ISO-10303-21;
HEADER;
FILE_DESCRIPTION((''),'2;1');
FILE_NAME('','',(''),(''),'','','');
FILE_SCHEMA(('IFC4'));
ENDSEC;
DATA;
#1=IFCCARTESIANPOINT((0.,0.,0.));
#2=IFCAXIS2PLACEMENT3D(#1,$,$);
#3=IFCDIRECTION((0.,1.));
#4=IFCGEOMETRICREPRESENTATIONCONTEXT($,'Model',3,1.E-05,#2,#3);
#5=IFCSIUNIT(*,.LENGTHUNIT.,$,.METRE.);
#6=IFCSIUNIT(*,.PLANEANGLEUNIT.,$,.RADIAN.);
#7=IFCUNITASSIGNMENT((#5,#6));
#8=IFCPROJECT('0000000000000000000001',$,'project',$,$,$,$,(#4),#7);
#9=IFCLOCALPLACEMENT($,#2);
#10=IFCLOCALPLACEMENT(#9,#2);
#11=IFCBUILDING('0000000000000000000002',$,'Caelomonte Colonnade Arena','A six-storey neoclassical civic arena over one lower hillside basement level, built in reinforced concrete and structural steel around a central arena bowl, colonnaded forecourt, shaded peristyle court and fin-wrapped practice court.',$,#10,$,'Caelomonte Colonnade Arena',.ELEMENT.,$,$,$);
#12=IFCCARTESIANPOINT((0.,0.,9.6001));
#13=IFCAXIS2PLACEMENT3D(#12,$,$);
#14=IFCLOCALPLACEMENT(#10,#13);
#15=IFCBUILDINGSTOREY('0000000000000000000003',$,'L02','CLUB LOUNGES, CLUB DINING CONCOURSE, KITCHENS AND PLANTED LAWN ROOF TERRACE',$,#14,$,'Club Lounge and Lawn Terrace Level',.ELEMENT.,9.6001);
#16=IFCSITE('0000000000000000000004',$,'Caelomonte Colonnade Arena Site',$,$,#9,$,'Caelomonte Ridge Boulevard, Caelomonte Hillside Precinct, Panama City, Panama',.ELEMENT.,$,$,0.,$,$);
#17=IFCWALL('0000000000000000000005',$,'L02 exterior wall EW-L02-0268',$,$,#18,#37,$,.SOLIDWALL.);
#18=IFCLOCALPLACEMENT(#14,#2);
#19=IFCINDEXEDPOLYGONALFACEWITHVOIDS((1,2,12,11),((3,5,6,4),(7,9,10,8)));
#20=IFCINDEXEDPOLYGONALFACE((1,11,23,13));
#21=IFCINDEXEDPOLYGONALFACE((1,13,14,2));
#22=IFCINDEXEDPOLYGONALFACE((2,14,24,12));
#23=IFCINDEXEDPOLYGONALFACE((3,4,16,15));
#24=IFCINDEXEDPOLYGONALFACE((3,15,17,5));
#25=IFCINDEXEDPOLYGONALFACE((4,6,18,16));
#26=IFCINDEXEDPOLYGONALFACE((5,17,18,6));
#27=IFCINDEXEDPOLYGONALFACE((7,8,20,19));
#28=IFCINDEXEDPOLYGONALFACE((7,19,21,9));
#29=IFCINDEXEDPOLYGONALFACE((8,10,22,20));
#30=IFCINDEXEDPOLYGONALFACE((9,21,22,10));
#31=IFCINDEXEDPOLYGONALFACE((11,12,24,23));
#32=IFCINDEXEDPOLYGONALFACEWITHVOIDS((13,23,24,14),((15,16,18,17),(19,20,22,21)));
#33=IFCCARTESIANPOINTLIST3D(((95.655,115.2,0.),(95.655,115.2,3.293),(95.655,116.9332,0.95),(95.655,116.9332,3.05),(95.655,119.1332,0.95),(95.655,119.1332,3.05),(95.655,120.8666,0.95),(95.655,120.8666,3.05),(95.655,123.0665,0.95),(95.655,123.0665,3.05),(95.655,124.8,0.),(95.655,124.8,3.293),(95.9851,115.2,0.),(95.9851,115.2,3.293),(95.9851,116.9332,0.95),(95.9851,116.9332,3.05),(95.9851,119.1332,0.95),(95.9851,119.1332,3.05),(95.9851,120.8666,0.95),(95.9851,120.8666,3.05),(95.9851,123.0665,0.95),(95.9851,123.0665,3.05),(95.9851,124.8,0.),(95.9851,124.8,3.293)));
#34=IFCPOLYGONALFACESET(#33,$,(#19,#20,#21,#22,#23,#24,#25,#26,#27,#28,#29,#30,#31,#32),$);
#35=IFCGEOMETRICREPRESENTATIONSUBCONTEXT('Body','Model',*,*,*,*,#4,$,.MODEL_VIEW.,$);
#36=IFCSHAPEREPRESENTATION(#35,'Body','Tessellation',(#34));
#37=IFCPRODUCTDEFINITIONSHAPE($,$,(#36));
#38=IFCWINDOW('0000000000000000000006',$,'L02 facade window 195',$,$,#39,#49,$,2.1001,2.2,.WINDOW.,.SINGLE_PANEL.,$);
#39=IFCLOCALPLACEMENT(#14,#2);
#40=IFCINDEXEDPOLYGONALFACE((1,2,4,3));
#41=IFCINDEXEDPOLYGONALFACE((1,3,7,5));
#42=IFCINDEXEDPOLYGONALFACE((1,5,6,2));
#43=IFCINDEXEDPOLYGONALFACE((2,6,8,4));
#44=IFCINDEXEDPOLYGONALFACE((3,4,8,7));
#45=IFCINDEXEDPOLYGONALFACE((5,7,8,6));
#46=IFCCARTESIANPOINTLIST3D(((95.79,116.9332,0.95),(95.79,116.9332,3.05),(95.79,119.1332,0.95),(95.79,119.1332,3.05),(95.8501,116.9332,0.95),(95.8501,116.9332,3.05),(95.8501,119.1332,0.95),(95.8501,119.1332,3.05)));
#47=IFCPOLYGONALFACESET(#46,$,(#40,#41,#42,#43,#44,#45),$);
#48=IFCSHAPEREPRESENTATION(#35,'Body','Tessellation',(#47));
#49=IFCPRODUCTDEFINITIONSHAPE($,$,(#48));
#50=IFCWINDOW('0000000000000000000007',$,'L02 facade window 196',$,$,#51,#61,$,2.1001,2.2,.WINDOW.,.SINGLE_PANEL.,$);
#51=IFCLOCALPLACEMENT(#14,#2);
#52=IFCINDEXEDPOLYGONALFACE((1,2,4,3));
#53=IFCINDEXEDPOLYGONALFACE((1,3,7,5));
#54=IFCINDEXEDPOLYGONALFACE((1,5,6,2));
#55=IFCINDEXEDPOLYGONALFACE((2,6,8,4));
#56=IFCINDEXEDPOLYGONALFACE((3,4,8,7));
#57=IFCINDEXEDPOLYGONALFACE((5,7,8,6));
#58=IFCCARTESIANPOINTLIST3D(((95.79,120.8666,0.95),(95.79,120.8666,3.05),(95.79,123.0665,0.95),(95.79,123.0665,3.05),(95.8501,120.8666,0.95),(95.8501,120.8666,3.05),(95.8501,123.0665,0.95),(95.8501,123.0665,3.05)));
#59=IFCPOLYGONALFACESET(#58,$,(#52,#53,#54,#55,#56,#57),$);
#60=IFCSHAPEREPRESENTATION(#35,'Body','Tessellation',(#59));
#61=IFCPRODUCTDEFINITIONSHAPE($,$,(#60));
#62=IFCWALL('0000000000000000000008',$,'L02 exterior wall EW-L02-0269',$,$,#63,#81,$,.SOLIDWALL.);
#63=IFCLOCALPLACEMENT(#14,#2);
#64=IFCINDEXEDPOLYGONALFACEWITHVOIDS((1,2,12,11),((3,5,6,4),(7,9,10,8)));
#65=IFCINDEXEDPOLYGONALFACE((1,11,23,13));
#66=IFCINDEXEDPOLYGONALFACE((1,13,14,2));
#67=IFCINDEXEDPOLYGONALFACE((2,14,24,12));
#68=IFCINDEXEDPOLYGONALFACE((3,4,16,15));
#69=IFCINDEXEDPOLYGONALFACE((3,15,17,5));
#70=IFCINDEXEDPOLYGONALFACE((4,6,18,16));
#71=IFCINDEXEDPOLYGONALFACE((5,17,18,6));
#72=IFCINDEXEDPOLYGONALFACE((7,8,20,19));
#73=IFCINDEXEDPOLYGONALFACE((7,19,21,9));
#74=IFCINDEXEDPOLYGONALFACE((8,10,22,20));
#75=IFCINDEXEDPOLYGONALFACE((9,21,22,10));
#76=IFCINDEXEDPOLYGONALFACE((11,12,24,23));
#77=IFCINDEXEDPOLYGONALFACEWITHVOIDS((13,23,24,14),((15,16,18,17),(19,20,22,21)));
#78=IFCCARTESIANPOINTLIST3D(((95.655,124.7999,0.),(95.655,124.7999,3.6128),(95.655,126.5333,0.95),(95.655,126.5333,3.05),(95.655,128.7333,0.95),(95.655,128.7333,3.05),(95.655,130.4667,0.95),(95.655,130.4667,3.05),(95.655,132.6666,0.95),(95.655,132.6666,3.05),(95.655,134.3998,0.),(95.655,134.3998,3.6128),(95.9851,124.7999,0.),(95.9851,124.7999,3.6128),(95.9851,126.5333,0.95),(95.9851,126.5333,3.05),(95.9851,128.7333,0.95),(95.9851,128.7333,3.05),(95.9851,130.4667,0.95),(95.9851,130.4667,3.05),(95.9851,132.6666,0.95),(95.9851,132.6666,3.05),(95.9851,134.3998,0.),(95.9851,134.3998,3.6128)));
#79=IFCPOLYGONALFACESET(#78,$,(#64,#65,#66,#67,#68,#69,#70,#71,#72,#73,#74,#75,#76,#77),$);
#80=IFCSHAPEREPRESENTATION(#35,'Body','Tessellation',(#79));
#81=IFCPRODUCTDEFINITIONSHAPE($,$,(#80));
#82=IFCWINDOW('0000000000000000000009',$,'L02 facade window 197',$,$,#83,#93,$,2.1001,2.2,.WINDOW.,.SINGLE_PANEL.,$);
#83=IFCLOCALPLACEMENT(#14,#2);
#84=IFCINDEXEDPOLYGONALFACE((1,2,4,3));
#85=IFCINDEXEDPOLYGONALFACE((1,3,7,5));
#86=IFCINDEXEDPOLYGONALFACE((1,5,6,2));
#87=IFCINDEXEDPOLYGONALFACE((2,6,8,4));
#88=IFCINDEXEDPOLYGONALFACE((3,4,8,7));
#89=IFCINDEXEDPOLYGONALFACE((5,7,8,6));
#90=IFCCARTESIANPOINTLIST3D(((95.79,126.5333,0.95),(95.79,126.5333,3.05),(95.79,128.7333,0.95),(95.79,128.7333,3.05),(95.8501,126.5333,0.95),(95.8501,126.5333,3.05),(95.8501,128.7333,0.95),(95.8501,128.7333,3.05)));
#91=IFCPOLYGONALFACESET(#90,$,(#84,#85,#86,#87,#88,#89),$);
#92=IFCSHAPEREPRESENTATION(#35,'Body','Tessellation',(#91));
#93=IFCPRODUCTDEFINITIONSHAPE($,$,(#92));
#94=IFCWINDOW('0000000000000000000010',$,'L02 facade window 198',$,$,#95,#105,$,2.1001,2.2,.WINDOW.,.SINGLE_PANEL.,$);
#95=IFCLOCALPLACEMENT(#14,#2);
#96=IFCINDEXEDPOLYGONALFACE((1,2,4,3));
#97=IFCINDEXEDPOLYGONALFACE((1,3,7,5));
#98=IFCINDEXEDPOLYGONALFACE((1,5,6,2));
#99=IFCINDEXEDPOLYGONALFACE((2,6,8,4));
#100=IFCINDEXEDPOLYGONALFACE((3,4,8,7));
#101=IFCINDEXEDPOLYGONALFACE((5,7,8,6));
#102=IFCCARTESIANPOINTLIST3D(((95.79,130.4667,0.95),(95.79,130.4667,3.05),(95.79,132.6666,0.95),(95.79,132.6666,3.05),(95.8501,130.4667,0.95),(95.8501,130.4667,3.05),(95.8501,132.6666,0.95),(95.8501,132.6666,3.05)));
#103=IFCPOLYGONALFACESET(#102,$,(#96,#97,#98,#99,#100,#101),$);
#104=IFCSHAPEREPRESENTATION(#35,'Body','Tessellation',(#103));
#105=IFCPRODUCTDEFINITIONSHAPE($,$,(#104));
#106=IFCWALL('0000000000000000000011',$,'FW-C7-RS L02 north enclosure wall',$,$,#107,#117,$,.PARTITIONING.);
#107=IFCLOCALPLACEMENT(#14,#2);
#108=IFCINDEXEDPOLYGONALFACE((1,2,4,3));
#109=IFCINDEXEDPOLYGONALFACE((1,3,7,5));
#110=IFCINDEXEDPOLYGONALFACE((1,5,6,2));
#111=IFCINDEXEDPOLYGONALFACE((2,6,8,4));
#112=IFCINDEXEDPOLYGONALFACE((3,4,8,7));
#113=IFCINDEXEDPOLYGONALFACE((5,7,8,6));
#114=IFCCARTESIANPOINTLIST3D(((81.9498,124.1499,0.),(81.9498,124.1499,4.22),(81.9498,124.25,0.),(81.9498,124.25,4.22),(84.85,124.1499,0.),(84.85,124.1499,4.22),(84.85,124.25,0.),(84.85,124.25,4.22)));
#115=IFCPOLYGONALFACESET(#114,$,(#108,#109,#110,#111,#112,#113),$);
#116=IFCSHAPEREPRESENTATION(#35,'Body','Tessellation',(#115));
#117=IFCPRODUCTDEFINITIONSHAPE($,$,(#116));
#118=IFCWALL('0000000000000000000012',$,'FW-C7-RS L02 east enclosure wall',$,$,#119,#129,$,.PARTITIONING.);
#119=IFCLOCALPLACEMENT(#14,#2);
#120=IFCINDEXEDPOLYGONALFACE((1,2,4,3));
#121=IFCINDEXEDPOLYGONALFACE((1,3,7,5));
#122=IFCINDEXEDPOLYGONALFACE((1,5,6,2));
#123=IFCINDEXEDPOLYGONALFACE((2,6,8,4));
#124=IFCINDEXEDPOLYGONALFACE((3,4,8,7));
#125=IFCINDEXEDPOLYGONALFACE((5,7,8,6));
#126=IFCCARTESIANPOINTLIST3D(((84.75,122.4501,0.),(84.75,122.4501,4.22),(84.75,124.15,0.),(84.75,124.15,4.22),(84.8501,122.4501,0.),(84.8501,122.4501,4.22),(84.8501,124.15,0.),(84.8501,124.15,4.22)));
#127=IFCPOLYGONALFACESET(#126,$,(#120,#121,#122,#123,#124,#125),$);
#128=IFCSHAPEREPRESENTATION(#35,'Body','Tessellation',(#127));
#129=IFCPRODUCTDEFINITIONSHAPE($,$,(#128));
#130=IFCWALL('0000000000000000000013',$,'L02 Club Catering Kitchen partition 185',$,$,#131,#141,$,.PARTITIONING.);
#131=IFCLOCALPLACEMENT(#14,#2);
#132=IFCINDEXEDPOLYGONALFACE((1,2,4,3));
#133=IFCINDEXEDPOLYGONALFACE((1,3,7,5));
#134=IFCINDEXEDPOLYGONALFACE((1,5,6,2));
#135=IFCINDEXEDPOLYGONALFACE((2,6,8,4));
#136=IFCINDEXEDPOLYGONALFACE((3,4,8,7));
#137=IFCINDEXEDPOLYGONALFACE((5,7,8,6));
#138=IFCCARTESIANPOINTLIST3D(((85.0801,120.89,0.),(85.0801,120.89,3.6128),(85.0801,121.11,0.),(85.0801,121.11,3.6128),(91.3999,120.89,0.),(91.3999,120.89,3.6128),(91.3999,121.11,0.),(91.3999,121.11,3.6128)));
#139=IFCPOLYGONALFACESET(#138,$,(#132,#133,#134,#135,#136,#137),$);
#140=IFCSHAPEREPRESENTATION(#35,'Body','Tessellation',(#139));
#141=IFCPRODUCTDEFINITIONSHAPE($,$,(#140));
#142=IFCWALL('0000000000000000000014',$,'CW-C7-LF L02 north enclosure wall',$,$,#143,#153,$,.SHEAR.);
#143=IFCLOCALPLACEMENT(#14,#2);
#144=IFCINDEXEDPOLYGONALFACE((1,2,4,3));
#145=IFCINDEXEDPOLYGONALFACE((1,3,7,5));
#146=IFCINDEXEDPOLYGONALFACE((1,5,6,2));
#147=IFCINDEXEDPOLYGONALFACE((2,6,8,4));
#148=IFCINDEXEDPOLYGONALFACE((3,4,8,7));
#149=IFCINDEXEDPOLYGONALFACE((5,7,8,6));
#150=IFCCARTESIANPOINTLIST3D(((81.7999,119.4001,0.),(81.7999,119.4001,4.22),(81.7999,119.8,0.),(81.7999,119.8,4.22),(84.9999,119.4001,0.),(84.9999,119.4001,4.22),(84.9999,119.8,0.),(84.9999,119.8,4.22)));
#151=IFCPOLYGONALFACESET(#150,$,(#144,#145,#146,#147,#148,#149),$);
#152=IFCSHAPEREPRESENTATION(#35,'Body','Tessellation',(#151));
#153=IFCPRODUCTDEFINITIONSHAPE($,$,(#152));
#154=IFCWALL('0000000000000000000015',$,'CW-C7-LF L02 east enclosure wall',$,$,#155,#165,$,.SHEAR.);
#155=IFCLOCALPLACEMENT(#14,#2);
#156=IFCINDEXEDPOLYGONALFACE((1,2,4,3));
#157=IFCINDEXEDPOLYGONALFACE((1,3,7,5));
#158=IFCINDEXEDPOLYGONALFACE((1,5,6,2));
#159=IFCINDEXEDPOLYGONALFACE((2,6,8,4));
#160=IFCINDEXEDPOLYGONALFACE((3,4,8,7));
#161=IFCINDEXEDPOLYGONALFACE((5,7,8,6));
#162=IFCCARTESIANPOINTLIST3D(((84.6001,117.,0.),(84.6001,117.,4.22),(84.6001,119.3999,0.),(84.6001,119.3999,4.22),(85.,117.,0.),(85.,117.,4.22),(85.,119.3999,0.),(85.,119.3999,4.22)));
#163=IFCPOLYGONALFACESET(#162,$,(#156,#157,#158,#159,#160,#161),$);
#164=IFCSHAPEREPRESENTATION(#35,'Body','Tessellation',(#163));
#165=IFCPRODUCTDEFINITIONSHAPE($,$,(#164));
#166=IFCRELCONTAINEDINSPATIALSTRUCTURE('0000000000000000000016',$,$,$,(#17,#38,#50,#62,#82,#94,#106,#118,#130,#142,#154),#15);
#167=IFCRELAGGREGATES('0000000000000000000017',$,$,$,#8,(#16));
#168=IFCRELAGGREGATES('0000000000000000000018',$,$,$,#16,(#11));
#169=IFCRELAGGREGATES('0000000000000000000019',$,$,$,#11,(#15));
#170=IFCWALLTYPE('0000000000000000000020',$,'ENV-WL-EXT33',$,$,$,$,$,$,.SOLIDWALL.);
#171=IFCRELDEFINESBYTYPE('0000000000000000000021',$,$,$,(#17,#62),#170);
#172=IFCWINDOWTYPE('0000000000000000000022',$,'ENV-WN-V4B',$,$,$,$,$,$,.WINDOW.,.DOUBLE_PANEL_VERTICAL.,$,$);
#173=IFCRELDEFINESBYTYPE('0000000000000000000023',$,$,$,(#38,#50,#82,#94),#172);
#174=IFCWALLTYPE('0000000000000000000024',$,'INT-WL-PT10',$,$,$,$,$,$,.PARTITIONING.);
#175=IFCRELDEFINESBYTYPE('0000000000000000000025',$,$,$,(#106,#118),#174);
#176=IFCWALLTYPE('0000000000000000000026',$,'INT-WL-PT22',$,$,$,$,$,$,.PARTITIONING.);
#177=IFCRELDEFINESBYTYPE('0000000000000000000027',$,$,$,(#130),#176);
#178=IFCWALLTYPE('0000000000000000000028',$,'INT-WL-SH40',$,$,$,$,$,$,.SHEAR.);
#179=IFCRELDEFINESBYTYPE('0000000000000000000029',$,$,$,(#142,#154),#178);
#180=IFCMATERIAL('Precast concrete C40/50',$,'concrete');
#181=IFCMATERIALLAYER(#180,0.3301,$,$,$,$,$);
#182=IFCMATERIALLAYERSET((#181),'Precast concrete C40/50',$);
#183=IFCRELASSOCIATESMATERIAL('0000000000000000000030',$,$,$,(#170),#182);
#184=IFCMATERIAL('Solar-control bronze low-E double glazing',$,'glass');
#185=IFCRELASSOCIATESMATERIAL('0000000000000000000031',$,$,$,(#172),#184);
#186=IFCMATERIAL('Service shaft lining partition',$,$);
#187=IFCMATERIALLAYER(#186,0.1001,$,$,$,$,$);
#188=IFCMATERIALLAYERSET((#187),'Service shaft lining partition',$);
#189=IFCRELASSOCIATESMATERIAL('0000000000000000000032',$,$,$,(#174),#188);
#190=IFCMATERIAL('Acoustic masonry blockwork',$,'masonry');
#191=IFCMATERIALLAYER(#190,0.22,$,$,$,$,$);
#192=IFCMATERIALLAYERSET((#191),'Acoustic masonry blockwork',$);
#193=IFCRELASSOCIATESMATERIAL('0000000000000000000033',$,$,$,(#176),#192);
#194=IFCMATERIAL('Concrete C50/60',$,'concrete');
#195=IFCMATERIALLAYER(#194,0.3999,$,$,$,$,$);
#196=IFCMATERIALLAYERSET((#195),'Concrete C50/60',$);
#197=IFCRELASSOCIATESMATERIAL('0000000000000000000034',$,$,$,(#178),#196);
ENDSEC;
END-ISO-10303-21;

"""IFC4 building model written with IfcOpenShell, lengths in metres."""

from ifc_helpers import new_model, si_unit, direction, frame, frame_2d, origin, place, context, subcontext, project, spatial, rectangle, extrude, material, layer, layer_set, type_object, element, fill, save


model = new_model("IFC4")

# Units and contexts
model_context = context("Model", 3, precision=1e-05, world=origin(), true_north=direction((0.0, 1.0)))
body_context = subcontext(model_context, "Body", "Model", "MODEL_VIEW")
ifc_project = project(units=[si_unit("LENGTHUNIT", "METRE"), si_unit("PLANEANGLEUNIT", "RADIAN")], contexts=[model_context])

# Site, building, storey
site_placement = place(None, origin())
site = spatial("IfcSite", under=ifc_project, at=site_placement, Name="Caelomonte Colonnade Arena Site", LongName="Caelomonte Ridge Boulevard, Caelomonte Hillside Precinct, Panama City, Panama", CompositionType="ELEMENT", RefElevation=0.0)
building_placement = place(site_placement, origin())
building = spatial("IfcBuilding", under=site, at=building_placement, Name="Caelomonte Colonnade Arena", Description="A six-storey neoclassical civic arena over one lower hillside basement level, built in reinforced concrete and structural steel around a central arena bowl, colonnaded forecourt, shaded peristyle court and fin-wrapped practice court.", LongName="Caelomonte Colonnade Arena", CompositionType="ELEMENT")
storey_placement = place(building_placement, frame((0.0, 0.0, 9.6001)))
storey = spatial("IfcBuildingStorey", under=building, at=storey_placement, Name="L02", Description="CLUB LOUNGES, CLUB DINING CONCOURSE, KITCHENS AND PLANTED LAWN ROOF TERRACE", LongName="Club Lounge and Lawn Terrace Level", CompositionType="ELEMENT", Elevation=9.6001)

# Walls, openings, windows
ifc_material_1 = material(Name="Precast concrete C40/50", Category="concrete")
ifc_layer_1 = layer(ifc_material_1, 0.3301)
ifc_layer_set_1 = layer_set([ifc_layer_1], Name="Precast concrete C40/50")
wall_type_1 = type_object("IfcWallType", Name="ENV-WL-EXT33", PredefinedType="SOLIDWALL", material=ifc_layer_set_1)
wall_1_placement = place(storey_placement, frame((95.8201, 115.2, 0.0), z_axis=(0.0, 0.0, 1.0), x_axis=(0.0, 1.0, 0.0)))
wall_1 = element("IfcWall", 1, at=wall_1_placement, inside=storey, type_object=wall_type_1, Name="L02 exterior wall EW-L02-0268", PredefinedType="SOLIDWALL", context=body_context, shape_type="SweptSolid", body=[
    extrude(rectangle(XDim=9.6001, YDim=0.3301, at=frame_2d((4.8, 0.0))), origin(), (0.0, 0.0, 1.0), 3.293),
])
opening_1_placement = place(wall_1_placement, frame((3.9333, 0.0, 0.95), z_axis=(0.0, 0.0, 1.0), x_axis=(-1.0, 0.0, 0.0)))
opening_1 = element("IfcOpeningElement", 2, at=opening_1_placement, cuts=wall_1, PredefinedType="OPENING", context=body_context, shape_type="SweptSolid", body=[
    extrude(rectangle(XDim=2.2, YDim=2.1001, at=frame_2d((1.1001, 1.05))), frame((0.0, 0.175, 0.0), z_axis=(0.0, -1.0, 0.0), x_axis=(1.0, 0.0, 0.0)), (0.0, 0.0, 1.0), 0.3501),
])
opening_2_placement = place(wall_1_placement, frame((7.8667, 0.0, 0.95), z_axis=(0.0, 0.0, 1.0), x_axis=(-1.0, 0.0, 0.0)))
opening_2 = element("IfcOpeningElement", 3, at=opening_2_placement, cuts=wall_1, PredefinedType="OPENING", context=body_context, shape_type="SweptSolid", body=[
    extrude(rectangle(XDim=2.2, YDim=2.1001, at=frame_2d((1.1001, 1.05))), frame((0.0, 0.175, 0.0), z_axis=(0.0, -1.0, 0.0), x_axis=(1.0, 0.0, 0.0)), (0.0, 0.0, 1.0), 0.3501),
])
ifc_material_2 = material(Name="Solar-control bronze low-E double glazing", Category="glass")
window_type = type_object("IfcWindowType", Name="ENV-WN-V4B", PartitioningType="DOUBLE_PANEL_VERTICAL", PredefinedType="WINDOW", material=ifc_material_2)
window_1_placement = place(opening_1_placement, origin())
window_1 = element("IfcWindow", 4, at=window_1_placement, inside=storey, type_object=window_type, Name="L02 facade window 195", OverallHeight=2.1001, OverallWidth=2.2, PartitioningType="SINGLE_PANEL", PredefinedType="WINDOW", context=body_context, shape_type="SweptSolid", body=[
    extrude(rectangle(XDim=2.2, YDim=2.1001, at=frame_2d((1.1001, 1.05))), frame((0.0, 0.03, 0.0), z_axis=(0.0, -1.0, 0.0), x_axis=(1.0, 0.0, 0.0)), (0.0, 0.0, 1.0), 0.0601),
])
fill(opening_1, window_1)
window_2_placement = place(opening_2_placement, origin())
window_2 = element("IfcWindow", 5, at=window_2_placement, inside=storey, type_object=window_type, Name="L02 facade window 196", OverallHeight=2.1001, OverallWidth=2.2, PartitioningType="SINGLE_PANEL", PredefinedType="WINDOW", context=body_context, shape_type="SweptSolid", body=[
    extrude(rectangle(XDim=2.2, YDim=2.1001, at=frame_2d((1.1001, 1.05))), frame((0.0, 0.03, 0.0), z_axis=(0.0, -1.0, 0.0), x_axis=(1.0, 0.0, 0.0)), (0.0, 0.0, 1.0), 0.0601),
])
fill(opening_2, window_2)
wall_2_placement = place(storey_placement, frame((95.8201, 124.8, 0.0), z_axis=(0.0, 0.0, 1.0), x_axis=(0.0, 1.0, 0.0)))
wall_2 = element("IfcWall", 6, at=wall_2_placement, inside=storey, type_object=wall_type_1, Name="L02 exterior wall EW-L02-0269", PredefinedType="SOLIDWALL", context=body_context, shape_type="SweptSolid", body=[
    extrude(rectangle(XDim=9.5999, YDim=0.3301, at=frame_2d((4.7998, 0.0))), origin(), (0.0, 0.0, 1.0), 3.6128),
])
opening_3_placement = place(wall_2_placement, frame((3.9333, 0.0, 0.95), z_axis=(0.0, 0.0, 1.0), x_axis=(-1.0, 0.0, 0.0)))
opening_3 = element("IfcOpeningElement", 7, at=opening_3_placement, cuts=wall_2, PredefinedType="OPENING", context=body_context, shape_type="SweptSolid", body=[
    extrude(rectangle(XDim=2.2, YDim=2.1001, at=frame_2d((1.1001, 1.05))), frame((0.0, 0.175, 0.0), z_axis=(0.0, -1.0, 0.0), x_axis=(1.0, 0.0, 0.0)), (0.0, 0.0, 1.0), 0.3501),
])
opening_4_placement = place(wall_2_placement, frame((7.8667, 0.0, 0.95), z_axis=(0.0, 0.0, 1.0), x_axis=(-1.0, 0.0, 0.0)))
opening_4 = element("IfcOpeningElement", 8, at=opening_4_placement, cuts=wall_2, PredefinedType="OPENING", context=body_context, shape_type="SweptSolid", body=[
    extrude(rectangle(XDim=2.2, YDim=2.1001, at=frame_2d((1.1001, 1.05))), frame((0.0, 0.175, 0.0), z_axis=(0.0, -1.0, 0.0), x_axis=(1.0, 0.0, 0.0)), (0.0, 0.0, 1.0), 0.3501),
])
window_3_placement = place(opening_3_placement, origin())
window_3 = element("IfcWindow", 9, at=window_3_placement, inside=storey, type_object=window_type, Name="L02 facade window 197", OverallHeight=2.1001, OverallWidth=2.2, PartitioningType="SINGLE_PANEL", PredefinedType="WINDOW", context=body_context, shape_type="SweptSolid", body=[
    extrude(rectangle(XDim=2.2, YDim=2.1001, at=frame_2d((1.1001, 1.05))), frame((0.0, 0.03, 0.0), z_axis=(0.0, -1.0, 0.0), x_axis=(1.0, 0.0, 0.0)), (0.0, 0.0, 1.0), 0.0601),
])
fill(opening_3, window_3)
window_4_placement = place(opening_4_placement, origin())
window_4 = element("IfcWindow", 10, at=window_4_placement, inside=storey, type_object=window_type, Name="L02 facade window 198", OverallHeight=2.1001, OverallWidth=2.2, PartitioningType="SINGLE_PANEL", PredefinedType="WINDOW", context=body_context, shape_type="SweptSolid", body=[
    extrude(rectangle(XDim=2.2, YDim=2.1001, at=frame_2d((1.1001, 1.05))), frame((0.0, 0.03, 0.0), z_axis=(0.0, -1.0, 0.0), x_axis=(1.0, 0.0, 0.0)), (0.0, 0.0, 1.0), 0.0601),
])
fill(opening_4, window_4)

# Walls
ifc_material_3 = material(Name="Service shaft lining partition")
ifc_layer_2 = layer(ifc_material_3, 0.1001)
ifc_layer_set_2 = layer_set([ifc_layer_2], Name="Service shaft lining partition")
wall_type_2 = type_object("IfcWallType", Name="INT-WL-PT10", PredefinedType="PARTITIONING", material=ifc_layer_set_2)
wall_3_placement = place(storey_placement, frame((84.8501, 124.2, 0.0), z_axis=(0.0, 0.0, 1.0), x_axis=(-1.0, 0.0, 0.0)))
element("IfcWall", 11, at=wall_3_placement, inside=storey, type_object=wall_type_2, Name="FW-C7-RS L02 north enclosure wall", PredefinedType="PARTITIONING", context=body_context, shape_type="SweptSolid", body=[
    extrude(rectangle(XDim=2.9001, YDim=0.1001, at=frame_2d((1.4502, 0.0))), origin(), (0.0, 0.0, 1.0), 4.22),
])
wall_4_placement = place(storey_placement, frame((84.8, 122.45, 0.0), z_axis=(0.0, 0.0, 1.0), x_axis=(0.0, 1.0, 0.0)))
element("IfcWall", 12, at=wall_4_placement, inside=storey, type_object=wall_type_2, Name="FW-C7-RS L02 east enclosure wall", PredefinedType="PARTITIONING", context=body_context, shape_type="SweptSolid", body=[
    extrude(rectangle(XDim=1.7, YDim=0.1001, at=frame_2d((0.8501, 0.0))), origin(), (0.0, 0.0, 1.0), 4.22),
])
ifc_material_4 = material(Name="Acoustic masonry blockwork", Category="masonry")
ifc_layer_3 = layer(ifc_material_4, 0.22)
ifc_layer_set_3 = layer_set([ifc_layer_3], Name="Acoustic masonry blockwork")
wall_type_3 = type_object("IfcWallType", Name="INT-WL-PT22", PredefinedType="PARTITIONING", material=ifc_layer_set_3)
wall_5_placement = place(storey_placement, frame((91.3999, 121.0, 0.0), z_axis=(0.0, 0.0, 1.0), x_axis=(-1.0, 0.0, 0.0)))
element("IfcWall", 13, at=wall_5_placement, inside=storey, type_object=wall_type_3, Name="L02 Club Catering Kitchen partition 185", PredefinedType="PARTITIONING", context=body_context, shape_type="SweptSolid", body=[
    extrude(rectangle(XDim=6.3198, YDim=0.22, at=frame_2d((3.1599, 0.0))), origin(), (0.0, 0.0, 1.0), 3.6128),
])
ifc_material_5 = material(Name="Concrete C50/60", Category="concrete")
ifc_layer_4 = layer(ifc_material_5, 0.3999)
ifc_layer_set_4 = layer_set([ifc_layer_4], Name="Concrete C50/60")
wall_type_4 = type_object("IfcWallType", Name="INT-WL-SH40", PredefinedType="SHEAR", material=ifc_layer_set_4)
wall_6_placement = place(storey_placement, frame((85.0, 119.6001, 0.0), z_axis=(0.0, 0.0, 1.0), x_axis=(-1.0, 0.0, 0.0)))
element("IfcWall", 14, at=wall_6_placement, inside=storey, type_object=wall_type_4, Name="CW-C7-LF L02 north enclosure wall", PredefinedType="SHEAR", context=body_context, shape_type="SweptSolid", body=[
    extrude(rectangle(XDim=3.2, YDim=0.3999, at=frame_2d((1.6001, 0.0))), origin(), (0.0, 0.0, 1.0), 4.22),
])
wall_7_placement = place(storey_placement, frame((84.8, 117.0, 0.0), z_axis=(0.0, 0.0, 1.0), x_axis=(0.0, 1.0, 0.0)))
element("IfcWall", 15, at=wall_7_placement, inside=storey, type_object=wall_type_4, Name="CW-C7-LF L02 east enclosure wall", PredefinedType="SHEAR", context=body_context, shape_type="SweptSolid", body=[
    extrude(rectangle(XDim=2.3999, YDim=0.3999, at=frame_2d((1.2, 0.0))), origin(), (0.0, 0.0, 1.0), 4.22),
])

save(model, "model.ifc")
